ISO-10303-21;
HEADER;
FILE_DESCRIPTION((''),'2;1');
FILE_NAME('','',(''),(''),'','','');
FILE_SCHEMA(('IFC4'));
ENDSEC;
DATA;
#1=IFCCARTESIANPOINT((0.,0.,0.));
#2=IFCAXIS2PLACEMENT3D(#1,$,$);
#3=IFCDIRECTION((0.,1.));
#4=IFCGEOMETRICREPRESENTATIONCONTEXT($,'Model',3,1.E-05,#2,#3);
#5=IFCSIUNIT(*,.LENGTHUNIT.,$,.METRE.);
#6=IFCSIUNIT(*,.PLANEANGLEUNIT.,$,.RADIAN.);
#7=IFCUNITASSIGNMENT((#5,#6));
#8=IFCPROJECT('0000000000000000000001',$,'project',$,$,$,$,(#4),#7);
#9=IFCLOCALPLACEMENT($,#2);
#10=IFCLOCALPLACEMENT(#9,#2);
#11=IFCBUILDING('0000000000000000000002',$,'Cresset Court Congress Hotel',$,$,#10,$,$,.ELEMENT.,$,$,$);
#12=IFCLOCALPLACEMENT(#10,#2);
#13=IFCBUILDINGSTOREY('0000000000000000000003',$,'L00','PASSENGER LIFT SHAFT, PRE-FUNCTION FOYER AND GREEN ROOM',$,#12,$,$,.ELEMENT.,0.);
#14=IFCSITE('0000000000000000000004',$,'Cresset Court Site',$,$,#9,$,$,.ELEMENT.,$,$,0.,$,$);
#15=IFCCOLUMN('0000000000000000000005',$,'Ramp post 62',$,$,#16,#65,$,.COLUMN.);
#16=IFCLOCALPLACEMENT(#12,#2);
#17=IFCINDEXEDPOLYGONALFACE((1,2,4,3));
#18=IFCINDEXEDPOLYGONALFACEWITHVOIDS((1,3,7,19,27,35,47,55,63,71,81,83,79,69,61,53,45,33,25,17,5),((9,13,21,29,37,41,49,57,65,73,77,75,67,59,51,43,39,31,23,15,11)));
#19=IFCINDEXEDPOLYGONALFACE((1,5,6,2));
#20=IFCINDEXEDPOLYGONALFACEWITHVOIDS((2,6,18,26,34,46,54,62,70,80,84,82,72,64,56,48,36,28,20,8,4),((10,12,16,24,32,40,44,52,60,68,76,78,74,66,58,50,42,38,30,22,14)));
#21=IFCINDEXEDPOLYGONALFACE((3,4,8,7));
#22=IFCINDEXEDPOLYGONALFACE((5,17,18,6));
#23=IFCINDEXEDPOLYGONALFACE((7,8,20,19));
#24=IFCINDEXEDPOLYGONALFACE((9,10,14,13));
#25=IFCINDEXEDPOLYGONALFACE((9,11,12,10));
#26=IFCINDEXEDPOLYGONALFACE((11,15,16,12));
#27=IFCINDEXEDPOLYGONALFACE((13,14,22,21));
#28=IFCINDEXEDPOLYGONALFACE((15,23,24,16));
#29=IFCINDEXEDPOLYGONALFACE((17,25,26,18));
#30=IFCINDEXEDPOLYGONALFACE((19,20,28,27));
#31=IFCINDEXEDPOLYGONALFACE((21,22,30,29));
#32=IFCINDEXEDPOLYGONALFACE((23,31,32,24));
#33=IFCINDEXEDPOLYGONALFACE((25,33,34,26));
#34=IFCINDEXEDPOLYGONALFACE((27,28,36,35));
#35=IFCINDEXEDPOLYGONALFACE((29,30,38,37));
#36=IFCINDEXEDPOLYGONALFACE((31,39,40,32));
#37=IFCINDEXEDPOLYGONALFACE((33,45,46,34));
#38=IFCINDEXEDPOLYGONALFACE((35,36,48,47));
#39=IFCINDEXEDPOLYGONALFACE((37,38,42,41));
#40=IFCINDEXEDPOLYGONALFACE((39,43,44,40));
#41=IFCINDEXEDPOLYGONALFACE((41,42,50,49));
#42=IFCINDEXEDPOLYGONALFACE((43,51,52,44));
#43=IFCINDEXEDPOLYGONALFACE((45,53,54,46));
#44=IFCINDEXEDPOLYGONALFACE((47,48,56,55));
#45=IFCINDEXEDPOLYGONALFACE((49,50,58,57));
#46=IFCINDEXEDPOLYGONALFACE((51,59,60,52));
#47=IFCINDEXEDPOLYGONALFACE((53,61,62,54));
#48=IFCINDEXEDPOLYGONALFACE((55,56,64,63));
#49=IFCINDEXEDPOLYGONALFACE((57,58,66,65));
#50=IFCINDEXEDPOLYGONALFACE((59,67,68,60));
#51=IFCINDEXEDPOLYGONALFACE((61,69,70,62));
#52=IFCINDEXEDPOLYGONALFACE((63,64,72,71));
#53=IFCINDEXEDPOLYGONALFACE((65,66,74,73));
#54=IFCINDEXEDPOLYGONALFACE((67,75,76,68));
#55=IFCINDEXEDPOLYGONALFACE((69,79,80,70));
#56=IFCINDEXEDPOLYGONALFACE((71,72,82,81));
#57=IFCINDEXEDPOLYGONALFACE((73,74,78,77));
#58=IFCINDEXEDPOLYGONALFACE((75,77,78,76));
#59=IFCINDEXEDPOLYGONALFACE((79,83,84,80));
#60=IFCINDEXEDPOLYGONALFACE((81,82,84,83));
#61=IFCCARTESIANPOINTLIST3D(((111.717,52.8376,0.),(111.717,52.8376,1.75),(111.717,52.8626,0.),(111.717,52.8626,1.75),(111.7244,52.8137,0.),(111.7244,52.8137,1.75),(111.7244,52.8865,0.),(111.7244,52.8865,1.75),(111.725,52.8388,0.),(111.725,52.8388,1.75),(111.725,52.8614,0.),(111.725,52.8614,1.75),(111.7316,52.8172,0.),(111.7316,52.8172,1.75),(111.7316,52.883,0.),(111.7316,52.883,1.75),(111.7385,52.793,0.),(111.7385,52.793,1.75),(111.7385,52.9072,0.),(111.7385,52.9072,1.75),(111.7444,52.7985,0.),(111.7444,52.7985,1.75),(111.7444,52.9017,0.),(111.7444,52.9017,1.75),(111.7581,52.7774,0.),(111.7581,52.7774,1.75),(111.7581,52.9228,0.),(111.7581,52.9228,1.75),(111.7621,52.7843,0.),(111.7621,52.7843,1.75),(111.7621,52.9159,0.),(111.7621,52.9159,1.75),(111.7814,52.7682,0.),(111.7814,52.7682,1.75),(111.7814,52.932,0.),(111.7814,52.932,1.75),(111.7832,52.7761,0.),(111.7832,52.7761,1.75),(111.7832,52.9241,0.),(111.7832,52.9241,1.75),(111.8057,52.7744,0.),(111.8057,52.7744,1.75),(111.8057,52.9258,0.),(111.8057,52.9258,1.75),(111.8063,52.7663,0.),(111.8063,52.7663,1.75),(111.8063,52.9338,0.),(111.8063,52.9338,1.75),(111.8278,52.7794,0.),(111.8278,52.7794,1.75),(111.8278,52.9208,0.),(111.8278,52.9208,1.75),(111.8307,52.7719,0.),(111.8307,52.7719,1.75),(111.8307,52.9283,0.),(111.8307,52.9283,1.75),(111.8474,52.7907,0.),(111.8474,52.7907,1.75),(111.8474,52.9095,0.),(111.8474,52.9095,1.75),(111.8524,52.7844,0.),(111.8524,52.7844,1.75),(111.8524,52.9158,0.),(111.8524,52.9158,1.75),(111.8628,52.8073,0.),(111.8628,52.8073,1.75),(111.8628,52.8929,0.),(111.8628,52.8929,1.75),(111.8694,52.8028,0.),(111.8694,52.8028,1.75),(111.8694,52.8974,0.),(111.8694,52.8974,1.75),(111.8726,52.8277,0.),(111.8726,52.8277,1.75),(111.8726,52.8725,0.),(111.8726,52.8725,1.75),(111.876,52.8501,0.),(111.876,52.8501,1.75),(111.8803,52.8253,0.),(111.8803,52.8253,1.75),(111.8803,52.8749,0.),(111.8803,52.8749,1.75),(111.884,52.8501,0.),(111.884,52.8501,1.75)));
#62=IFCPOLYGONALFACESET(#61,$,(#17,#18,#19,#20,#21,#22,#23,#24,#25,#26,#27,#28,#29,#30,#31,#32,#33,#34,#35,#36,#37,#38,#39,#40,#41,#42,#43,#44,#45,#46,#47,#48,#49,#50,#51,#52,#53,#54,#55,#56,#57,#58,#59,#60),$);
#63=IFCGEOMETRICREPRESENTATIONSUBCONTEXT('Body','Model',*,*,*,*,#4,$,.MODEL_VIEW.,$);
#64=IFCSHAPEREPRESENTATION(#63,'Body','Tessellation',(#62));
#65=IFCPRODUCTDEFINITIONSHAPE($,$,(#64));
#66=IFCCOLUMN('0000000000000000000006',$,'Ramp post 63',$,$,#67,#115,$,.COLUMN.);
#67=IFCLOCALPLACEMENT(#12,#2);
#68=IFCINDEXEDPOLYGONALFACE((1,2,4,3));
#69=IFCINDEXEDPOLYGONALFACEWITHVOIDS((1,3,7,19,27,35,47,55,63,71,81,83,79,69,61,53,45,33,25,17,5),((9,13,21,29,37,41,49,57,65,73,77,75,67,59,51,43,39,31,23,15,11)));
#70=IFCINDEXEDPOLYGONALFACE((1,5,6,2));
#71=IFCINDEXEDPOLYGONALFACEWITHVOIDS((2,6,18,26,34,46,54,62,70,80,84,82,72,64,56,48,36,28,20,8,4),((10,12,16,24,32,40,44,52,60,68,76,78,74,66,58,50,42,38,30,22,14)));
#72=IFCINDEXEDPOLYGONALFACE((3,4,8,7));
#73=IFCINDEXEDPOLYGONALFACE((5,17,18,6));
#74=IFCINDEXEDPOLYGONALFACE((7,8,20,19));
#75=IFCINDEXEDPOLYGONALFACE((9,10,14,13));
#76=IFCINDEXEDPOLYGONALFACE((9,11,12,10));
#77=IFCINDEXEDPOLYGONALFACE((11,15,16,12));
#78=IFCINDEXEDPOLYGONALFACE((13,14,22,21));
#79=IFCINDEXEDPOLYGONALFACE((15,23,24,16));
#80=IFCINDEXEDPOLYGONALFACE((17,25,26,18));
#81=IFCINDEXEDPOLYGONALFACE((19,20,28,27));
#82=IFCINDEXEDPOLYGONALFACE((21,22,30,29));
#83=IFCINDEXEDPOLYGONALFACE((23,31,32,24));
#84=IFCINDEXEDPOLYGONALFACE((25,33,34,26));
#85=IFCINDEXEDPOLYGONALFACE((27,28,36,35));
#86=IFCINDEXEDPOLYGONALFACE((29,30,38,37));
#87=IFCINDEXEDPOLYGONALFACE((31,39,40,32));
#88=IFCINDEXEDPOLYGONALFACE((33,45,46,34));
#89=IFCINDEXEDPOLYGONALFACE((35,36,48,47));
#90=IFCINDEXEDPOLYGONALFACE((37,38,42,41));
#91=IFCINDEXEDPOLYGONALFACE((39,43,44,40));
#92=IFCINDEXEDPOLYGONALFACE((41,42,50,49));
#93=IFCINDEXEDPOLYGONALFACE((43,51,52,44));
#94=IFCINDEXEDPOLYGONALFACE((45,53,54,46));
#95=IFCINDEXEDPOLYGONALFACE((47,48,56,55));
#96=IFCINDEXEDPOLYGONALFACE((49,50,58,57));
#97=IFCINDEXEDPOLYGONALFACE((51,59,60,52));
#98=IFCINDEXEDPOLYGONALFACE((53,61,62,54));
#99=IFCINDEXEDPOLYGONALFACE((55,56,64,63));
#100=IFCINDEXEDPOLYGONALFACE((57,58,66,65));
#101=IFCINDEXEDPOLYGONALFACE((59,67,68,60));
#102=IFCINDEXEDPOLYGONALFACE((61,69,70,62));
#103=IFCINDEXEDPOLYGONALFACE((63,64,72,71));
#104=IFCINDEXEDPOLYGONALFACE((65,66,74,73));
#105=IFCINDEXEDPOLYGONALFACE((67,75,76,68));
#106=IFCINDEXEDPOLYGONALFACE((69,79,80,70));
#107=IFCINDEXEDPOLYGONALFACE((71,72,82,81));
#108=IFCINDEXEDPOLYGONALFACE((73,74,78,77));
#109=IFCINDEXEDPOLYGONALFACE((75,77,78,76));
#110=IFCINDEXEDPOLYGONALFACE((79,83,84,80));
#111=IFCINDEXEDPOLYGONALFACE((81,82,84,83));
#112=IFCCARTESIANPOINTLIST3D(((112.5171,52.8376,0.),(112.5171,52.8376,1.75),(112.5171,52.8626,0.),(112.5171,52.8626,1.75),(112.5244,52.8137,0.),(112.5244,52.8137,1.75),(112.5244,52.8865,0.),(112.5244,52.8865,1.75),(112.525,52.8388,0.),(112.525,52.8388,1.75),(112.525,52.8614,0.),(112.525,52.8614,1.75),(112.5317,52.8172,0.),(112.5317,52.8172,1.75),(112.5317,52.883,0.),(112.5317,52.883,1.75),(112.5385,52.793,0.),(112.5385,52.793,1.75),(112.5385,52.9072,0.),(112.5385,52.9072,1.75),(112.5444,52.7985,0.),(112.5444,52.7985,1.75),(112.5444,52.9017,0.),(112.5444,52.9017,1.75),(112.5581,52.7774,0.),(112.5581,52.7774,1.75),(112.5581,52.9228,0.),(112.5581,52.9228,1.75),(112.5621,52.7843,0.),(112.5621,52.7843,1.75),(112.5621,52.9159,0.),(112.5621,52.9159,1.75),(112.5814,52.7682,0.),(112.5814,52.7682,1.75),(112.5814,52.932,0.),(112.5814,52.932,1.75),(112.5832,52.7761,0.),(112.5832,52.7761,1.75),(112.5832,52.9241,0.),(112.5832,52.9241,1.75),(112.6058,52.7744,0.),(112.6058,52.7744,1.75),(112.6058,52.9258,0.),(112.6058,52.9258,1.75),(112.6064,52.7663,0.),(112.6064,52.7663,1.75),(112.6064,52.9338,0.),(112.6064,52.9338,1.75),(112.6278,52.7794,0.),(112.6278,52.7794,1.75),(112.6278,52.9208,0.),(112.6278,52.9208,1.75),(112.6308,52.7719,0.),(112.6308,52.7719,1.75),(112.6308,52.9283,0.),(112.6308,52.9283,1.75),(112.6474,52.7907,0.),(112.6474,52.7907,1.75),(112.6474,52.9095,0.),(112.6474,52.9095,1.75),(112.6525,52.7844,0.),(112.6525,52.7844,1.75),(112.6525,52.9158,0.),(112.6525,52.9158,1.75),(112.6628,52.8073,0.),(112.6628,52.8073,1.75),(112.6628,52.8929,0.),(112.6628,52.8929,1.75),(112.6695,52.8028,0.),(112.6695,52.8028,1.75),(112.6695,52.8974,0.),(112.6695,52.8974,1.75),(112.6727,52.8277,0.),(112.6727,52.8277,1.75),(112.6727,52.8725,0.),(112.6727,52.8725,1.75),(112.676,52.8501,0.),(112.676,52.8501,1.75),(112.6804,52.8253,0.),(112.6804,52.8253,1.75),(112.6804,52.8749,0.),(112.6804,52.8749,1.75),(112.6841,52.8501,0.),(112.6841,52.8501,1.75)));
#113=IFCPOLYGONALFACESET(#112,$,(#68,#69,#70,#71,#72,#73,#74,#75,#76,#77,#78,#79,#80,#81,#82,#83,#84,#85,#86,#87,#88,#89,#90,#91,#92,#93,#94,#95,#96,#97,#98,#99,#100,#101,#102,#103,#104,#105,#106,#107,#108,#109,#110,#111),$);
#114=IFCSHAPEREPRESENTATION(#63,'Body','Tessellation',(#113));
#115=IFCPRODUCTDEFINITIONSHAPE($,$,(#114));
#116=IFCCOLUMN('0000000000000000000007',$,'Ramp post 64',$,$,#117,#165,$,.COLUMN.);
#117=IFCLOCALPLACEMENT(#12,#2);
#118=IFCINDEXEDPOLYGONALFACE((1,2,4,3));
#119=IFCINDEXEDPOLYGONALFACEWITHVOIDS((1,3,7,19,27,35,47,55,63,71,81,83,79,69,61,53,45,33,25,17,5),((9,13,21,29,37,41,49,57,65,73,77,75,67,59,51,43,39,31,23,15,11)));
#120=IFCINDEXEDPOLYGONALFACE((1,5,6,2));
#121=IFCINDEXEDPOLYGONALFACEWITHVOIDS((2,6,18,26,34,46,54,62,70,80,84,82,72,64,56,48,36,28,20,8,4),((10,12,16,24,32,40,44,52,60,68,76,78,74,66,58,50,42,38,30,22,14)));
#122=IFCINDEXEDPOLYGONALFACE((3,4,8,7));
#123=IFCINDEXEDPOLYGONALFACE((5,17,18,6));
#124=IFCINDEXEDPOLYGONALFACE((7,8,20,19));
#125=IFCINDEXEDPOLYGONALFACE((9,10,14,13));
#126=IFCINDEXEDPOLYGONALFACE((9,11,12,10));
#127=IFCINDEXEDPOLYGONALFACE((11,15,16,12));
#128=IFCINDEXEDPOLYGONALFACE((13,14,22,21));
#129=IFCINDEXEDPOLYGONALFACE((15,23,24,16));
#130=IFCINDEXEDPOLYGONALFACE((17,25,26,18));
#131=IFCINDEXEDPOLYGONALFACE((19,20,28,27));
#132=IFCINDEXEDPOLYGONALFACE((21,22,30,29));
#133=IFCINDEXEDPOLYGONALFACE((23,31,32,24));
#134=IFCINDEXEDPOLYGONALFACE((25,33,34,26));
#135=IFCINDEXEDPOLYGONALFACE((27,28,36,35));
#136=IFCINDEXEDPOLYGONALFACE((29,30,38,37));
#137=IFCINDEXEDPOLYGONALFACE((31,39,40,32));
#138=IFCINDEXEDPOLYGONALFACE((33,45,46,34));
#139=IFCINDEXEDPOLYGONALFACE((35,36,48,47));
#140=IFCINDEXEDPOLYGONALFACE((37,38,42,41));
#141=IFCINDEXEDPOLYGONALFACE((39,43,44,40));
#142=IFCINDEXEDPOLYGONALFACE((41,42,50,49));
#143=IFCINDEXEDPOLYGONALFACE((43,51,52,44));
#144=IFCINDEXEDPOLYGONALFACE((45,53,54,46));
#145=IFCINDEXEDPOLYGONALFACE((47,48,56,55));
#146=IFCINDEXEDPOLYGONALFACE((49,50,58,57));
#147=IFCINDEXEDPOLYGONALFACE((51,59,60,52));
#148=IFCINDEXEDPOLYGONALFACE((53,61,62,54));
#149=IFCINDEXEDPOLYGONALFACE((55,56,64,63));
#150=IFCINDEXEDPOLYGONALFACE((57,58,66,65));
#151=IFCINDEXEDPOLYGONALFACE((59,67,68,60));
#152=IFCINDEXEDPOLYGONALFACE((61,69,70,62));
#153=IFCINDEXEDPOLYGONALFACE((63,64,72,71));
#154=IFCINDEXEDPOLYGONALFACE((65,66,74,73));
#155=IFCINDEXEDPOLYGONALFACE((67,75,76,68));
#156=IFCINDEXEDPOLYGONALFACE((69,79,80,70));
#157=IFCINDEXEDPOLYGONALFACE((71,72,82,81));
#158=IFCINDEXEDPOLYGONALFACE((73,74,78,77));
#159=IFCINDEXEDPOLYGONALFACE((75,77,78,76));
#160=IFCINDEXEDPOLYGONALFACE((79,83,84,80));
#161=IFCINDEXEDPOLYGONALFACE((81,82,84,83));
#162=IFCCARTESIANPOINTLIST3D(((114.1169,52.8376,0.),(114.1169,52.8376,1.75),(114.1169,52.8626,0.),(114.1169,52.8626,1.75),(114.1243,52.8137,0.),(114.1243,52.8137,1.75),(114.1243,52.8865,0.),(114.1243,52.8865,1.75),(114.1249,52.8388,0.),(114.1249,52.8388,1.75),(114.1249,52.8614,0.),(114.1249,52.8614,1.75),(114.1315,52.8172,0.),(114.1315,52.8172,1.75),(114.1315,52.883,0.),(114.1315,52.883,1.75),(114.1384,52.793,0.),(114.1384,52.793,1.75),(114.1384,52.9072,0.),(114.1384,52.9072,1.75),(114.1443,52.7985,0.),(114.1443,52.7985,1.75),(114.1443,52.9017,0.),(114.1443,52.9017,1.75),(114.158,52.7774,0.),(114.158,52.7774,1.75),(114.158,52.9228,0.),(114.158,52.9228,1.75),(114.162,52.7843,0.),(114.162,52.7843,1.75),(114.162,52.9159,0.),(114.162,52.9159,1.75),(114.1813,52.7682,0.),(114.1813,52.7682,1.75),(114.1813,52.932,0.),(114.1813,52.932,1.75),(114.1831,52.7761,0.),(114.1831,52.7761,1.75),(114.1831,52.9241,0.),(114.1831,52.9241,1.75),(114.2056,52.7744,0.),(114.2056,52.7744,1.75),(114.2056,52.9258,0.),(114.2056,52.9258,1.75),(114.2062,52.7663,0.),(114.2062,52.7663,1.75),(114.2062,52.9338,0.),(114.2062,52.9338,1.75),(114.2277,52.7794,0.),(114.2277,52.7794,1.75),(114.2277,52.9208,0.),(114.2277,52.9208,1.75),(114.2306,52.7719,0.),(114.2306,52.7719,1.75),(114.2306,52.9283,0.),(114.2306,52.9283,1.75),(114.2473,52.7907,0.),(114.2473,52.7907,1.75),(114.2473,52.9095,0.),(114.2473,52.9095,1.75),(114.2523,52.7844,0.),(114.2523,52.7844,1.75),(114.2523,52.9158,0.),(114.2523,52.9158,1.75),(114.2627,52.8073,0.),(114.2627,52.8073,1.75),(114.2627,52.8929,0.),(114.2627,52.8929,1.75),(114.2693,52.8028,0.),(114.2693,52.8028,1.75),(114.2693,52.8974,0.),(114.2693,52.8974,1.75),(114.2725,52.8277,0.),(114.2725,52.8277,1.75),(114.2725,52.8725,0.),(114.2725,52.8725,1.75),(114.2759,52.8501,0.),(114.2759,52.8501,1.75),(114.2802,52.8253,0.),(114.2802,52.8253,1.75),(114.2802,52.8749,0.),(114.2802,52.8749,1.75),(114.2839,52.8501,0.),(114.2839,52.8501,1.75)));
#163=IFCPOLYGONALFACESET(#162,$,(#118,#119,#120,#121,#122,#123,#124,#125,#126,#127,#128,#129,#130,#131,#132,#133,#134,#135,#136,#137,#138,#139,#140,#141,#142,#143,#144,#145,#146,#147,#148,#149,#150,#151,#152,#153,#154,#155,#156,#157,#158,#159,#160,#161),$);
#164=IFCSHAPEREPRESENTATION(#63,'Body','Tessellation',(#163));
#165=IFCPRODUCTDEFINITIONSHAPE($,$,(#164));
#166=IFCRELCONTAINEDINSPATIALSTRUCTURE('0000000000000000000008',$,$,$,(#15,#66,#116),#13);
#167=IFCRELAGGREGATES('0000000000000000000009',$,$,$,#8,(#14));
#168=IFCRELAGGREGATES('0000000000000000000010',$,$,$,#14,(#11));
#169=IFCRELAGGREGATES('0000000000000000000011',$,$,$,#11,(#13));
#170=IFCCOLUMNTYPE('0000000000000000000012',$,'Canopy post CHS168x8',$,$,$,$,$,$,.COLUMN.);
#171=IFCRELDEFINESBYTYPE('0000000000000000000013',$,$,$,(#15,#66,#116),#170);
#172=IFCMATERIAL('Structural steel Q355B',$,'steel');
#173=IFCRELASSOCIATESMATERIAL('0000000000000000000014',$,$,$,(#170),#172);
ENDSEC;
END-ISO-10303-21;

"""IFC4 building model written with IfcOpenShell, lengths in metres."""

from ifc_helpers import new_model, si_unit, direction, frame, origin, origin_2d, place, context, subcontext, project, spatial, hollow_circle, extrude, material, material_profile, profile_set, type_object, element, save


model = new_model("IFC4")

# Units and contexts
model_context = context("Model", 3, precision=1e-05, world=origin(), true_north=direction((0.0, 1.0)))
body_context = subcontext(model_context, "Body", "Model", "MODEL_VIEW")
ifc_project = project(units=[si_unit("LENGTHUNIT", "METRE"), si_unit("PLANEANGLEUNIT", "RADIAN")], contexts=[model_context])

# Site, building, storey
site_placement = place(None, origin())
site = spatial("IfcSite", under=ifc_project, at=site_placement, Name="Cresset Court Site", CompositionType="ELEMENT", RefElevation=0.0)
building_placement = place(site_placement, origin())
building = spatial("IfcBuilding", under=site, at=building_placement, Name="Cresset Court Congress Hotel", CompositionType="ELEMENT")
storey_placement = place(building_placement, origin())
storey = spatial("IfcBuildingStorey", under=building, at=storey_placement, Name="L00", Description="PASSENGER LIFT SHAFT, PRE-FUNCTION FOYER AND GREEN ROOM", CompositionType="ELEMENT", Elevation=0.0)

# Columns
ifc_material_1 = material(Name="Structural steel Q355B", Category="steel")
ifc_material_profile = material_profile(ifc_material_1, hollow_circle(Radius=0.084, WallThickness=0.0081, at=origin_2d()), Name="CHS168x8")
ifc_profile_set = profile_set([ifc_material_profile], Name="Structural steel Q355B")
column_type = type_object("IfcColumnType", Name="Canopy post CHS168x8", PredefinedType="COLUMN", material=ifc_profile_set)
for number, where, z_axis, x_axis, name in (
    (1, (111.8, 52.8501, 0.0), (0.0, 0.0, 1.0), (1.0, 0.0, 0.0), "Ramp post 62"),
    (2, (112.6001, 52.8501, 0.0), (0.0, 0.0, 1.0), (1.0, 0.0, 0.0), "Ramp post 63"),
    (3, (114.2, 52.8501, 0.0), (0.0, 0.0, 1.0), (1.0, 0.0, 0.0), "Ramp post 64"),
):
    element("IfcColumn", number, at=place(storey_placement, frame(where, z_axis=z_axis, x_axis=x_axis)), inside=storey, type_object=column_type, Name=name, PredefinedType="COLUMN", context=body_context, shape_type="SweptSolid", body=[
        extrude(hollow_circle(Radius=0.084, WallThickness=0.0081, at=origin_2d()), origin(), (0.0, 0.0, 1.0), 1.75),
    ])

save(model, "model.ifc")
